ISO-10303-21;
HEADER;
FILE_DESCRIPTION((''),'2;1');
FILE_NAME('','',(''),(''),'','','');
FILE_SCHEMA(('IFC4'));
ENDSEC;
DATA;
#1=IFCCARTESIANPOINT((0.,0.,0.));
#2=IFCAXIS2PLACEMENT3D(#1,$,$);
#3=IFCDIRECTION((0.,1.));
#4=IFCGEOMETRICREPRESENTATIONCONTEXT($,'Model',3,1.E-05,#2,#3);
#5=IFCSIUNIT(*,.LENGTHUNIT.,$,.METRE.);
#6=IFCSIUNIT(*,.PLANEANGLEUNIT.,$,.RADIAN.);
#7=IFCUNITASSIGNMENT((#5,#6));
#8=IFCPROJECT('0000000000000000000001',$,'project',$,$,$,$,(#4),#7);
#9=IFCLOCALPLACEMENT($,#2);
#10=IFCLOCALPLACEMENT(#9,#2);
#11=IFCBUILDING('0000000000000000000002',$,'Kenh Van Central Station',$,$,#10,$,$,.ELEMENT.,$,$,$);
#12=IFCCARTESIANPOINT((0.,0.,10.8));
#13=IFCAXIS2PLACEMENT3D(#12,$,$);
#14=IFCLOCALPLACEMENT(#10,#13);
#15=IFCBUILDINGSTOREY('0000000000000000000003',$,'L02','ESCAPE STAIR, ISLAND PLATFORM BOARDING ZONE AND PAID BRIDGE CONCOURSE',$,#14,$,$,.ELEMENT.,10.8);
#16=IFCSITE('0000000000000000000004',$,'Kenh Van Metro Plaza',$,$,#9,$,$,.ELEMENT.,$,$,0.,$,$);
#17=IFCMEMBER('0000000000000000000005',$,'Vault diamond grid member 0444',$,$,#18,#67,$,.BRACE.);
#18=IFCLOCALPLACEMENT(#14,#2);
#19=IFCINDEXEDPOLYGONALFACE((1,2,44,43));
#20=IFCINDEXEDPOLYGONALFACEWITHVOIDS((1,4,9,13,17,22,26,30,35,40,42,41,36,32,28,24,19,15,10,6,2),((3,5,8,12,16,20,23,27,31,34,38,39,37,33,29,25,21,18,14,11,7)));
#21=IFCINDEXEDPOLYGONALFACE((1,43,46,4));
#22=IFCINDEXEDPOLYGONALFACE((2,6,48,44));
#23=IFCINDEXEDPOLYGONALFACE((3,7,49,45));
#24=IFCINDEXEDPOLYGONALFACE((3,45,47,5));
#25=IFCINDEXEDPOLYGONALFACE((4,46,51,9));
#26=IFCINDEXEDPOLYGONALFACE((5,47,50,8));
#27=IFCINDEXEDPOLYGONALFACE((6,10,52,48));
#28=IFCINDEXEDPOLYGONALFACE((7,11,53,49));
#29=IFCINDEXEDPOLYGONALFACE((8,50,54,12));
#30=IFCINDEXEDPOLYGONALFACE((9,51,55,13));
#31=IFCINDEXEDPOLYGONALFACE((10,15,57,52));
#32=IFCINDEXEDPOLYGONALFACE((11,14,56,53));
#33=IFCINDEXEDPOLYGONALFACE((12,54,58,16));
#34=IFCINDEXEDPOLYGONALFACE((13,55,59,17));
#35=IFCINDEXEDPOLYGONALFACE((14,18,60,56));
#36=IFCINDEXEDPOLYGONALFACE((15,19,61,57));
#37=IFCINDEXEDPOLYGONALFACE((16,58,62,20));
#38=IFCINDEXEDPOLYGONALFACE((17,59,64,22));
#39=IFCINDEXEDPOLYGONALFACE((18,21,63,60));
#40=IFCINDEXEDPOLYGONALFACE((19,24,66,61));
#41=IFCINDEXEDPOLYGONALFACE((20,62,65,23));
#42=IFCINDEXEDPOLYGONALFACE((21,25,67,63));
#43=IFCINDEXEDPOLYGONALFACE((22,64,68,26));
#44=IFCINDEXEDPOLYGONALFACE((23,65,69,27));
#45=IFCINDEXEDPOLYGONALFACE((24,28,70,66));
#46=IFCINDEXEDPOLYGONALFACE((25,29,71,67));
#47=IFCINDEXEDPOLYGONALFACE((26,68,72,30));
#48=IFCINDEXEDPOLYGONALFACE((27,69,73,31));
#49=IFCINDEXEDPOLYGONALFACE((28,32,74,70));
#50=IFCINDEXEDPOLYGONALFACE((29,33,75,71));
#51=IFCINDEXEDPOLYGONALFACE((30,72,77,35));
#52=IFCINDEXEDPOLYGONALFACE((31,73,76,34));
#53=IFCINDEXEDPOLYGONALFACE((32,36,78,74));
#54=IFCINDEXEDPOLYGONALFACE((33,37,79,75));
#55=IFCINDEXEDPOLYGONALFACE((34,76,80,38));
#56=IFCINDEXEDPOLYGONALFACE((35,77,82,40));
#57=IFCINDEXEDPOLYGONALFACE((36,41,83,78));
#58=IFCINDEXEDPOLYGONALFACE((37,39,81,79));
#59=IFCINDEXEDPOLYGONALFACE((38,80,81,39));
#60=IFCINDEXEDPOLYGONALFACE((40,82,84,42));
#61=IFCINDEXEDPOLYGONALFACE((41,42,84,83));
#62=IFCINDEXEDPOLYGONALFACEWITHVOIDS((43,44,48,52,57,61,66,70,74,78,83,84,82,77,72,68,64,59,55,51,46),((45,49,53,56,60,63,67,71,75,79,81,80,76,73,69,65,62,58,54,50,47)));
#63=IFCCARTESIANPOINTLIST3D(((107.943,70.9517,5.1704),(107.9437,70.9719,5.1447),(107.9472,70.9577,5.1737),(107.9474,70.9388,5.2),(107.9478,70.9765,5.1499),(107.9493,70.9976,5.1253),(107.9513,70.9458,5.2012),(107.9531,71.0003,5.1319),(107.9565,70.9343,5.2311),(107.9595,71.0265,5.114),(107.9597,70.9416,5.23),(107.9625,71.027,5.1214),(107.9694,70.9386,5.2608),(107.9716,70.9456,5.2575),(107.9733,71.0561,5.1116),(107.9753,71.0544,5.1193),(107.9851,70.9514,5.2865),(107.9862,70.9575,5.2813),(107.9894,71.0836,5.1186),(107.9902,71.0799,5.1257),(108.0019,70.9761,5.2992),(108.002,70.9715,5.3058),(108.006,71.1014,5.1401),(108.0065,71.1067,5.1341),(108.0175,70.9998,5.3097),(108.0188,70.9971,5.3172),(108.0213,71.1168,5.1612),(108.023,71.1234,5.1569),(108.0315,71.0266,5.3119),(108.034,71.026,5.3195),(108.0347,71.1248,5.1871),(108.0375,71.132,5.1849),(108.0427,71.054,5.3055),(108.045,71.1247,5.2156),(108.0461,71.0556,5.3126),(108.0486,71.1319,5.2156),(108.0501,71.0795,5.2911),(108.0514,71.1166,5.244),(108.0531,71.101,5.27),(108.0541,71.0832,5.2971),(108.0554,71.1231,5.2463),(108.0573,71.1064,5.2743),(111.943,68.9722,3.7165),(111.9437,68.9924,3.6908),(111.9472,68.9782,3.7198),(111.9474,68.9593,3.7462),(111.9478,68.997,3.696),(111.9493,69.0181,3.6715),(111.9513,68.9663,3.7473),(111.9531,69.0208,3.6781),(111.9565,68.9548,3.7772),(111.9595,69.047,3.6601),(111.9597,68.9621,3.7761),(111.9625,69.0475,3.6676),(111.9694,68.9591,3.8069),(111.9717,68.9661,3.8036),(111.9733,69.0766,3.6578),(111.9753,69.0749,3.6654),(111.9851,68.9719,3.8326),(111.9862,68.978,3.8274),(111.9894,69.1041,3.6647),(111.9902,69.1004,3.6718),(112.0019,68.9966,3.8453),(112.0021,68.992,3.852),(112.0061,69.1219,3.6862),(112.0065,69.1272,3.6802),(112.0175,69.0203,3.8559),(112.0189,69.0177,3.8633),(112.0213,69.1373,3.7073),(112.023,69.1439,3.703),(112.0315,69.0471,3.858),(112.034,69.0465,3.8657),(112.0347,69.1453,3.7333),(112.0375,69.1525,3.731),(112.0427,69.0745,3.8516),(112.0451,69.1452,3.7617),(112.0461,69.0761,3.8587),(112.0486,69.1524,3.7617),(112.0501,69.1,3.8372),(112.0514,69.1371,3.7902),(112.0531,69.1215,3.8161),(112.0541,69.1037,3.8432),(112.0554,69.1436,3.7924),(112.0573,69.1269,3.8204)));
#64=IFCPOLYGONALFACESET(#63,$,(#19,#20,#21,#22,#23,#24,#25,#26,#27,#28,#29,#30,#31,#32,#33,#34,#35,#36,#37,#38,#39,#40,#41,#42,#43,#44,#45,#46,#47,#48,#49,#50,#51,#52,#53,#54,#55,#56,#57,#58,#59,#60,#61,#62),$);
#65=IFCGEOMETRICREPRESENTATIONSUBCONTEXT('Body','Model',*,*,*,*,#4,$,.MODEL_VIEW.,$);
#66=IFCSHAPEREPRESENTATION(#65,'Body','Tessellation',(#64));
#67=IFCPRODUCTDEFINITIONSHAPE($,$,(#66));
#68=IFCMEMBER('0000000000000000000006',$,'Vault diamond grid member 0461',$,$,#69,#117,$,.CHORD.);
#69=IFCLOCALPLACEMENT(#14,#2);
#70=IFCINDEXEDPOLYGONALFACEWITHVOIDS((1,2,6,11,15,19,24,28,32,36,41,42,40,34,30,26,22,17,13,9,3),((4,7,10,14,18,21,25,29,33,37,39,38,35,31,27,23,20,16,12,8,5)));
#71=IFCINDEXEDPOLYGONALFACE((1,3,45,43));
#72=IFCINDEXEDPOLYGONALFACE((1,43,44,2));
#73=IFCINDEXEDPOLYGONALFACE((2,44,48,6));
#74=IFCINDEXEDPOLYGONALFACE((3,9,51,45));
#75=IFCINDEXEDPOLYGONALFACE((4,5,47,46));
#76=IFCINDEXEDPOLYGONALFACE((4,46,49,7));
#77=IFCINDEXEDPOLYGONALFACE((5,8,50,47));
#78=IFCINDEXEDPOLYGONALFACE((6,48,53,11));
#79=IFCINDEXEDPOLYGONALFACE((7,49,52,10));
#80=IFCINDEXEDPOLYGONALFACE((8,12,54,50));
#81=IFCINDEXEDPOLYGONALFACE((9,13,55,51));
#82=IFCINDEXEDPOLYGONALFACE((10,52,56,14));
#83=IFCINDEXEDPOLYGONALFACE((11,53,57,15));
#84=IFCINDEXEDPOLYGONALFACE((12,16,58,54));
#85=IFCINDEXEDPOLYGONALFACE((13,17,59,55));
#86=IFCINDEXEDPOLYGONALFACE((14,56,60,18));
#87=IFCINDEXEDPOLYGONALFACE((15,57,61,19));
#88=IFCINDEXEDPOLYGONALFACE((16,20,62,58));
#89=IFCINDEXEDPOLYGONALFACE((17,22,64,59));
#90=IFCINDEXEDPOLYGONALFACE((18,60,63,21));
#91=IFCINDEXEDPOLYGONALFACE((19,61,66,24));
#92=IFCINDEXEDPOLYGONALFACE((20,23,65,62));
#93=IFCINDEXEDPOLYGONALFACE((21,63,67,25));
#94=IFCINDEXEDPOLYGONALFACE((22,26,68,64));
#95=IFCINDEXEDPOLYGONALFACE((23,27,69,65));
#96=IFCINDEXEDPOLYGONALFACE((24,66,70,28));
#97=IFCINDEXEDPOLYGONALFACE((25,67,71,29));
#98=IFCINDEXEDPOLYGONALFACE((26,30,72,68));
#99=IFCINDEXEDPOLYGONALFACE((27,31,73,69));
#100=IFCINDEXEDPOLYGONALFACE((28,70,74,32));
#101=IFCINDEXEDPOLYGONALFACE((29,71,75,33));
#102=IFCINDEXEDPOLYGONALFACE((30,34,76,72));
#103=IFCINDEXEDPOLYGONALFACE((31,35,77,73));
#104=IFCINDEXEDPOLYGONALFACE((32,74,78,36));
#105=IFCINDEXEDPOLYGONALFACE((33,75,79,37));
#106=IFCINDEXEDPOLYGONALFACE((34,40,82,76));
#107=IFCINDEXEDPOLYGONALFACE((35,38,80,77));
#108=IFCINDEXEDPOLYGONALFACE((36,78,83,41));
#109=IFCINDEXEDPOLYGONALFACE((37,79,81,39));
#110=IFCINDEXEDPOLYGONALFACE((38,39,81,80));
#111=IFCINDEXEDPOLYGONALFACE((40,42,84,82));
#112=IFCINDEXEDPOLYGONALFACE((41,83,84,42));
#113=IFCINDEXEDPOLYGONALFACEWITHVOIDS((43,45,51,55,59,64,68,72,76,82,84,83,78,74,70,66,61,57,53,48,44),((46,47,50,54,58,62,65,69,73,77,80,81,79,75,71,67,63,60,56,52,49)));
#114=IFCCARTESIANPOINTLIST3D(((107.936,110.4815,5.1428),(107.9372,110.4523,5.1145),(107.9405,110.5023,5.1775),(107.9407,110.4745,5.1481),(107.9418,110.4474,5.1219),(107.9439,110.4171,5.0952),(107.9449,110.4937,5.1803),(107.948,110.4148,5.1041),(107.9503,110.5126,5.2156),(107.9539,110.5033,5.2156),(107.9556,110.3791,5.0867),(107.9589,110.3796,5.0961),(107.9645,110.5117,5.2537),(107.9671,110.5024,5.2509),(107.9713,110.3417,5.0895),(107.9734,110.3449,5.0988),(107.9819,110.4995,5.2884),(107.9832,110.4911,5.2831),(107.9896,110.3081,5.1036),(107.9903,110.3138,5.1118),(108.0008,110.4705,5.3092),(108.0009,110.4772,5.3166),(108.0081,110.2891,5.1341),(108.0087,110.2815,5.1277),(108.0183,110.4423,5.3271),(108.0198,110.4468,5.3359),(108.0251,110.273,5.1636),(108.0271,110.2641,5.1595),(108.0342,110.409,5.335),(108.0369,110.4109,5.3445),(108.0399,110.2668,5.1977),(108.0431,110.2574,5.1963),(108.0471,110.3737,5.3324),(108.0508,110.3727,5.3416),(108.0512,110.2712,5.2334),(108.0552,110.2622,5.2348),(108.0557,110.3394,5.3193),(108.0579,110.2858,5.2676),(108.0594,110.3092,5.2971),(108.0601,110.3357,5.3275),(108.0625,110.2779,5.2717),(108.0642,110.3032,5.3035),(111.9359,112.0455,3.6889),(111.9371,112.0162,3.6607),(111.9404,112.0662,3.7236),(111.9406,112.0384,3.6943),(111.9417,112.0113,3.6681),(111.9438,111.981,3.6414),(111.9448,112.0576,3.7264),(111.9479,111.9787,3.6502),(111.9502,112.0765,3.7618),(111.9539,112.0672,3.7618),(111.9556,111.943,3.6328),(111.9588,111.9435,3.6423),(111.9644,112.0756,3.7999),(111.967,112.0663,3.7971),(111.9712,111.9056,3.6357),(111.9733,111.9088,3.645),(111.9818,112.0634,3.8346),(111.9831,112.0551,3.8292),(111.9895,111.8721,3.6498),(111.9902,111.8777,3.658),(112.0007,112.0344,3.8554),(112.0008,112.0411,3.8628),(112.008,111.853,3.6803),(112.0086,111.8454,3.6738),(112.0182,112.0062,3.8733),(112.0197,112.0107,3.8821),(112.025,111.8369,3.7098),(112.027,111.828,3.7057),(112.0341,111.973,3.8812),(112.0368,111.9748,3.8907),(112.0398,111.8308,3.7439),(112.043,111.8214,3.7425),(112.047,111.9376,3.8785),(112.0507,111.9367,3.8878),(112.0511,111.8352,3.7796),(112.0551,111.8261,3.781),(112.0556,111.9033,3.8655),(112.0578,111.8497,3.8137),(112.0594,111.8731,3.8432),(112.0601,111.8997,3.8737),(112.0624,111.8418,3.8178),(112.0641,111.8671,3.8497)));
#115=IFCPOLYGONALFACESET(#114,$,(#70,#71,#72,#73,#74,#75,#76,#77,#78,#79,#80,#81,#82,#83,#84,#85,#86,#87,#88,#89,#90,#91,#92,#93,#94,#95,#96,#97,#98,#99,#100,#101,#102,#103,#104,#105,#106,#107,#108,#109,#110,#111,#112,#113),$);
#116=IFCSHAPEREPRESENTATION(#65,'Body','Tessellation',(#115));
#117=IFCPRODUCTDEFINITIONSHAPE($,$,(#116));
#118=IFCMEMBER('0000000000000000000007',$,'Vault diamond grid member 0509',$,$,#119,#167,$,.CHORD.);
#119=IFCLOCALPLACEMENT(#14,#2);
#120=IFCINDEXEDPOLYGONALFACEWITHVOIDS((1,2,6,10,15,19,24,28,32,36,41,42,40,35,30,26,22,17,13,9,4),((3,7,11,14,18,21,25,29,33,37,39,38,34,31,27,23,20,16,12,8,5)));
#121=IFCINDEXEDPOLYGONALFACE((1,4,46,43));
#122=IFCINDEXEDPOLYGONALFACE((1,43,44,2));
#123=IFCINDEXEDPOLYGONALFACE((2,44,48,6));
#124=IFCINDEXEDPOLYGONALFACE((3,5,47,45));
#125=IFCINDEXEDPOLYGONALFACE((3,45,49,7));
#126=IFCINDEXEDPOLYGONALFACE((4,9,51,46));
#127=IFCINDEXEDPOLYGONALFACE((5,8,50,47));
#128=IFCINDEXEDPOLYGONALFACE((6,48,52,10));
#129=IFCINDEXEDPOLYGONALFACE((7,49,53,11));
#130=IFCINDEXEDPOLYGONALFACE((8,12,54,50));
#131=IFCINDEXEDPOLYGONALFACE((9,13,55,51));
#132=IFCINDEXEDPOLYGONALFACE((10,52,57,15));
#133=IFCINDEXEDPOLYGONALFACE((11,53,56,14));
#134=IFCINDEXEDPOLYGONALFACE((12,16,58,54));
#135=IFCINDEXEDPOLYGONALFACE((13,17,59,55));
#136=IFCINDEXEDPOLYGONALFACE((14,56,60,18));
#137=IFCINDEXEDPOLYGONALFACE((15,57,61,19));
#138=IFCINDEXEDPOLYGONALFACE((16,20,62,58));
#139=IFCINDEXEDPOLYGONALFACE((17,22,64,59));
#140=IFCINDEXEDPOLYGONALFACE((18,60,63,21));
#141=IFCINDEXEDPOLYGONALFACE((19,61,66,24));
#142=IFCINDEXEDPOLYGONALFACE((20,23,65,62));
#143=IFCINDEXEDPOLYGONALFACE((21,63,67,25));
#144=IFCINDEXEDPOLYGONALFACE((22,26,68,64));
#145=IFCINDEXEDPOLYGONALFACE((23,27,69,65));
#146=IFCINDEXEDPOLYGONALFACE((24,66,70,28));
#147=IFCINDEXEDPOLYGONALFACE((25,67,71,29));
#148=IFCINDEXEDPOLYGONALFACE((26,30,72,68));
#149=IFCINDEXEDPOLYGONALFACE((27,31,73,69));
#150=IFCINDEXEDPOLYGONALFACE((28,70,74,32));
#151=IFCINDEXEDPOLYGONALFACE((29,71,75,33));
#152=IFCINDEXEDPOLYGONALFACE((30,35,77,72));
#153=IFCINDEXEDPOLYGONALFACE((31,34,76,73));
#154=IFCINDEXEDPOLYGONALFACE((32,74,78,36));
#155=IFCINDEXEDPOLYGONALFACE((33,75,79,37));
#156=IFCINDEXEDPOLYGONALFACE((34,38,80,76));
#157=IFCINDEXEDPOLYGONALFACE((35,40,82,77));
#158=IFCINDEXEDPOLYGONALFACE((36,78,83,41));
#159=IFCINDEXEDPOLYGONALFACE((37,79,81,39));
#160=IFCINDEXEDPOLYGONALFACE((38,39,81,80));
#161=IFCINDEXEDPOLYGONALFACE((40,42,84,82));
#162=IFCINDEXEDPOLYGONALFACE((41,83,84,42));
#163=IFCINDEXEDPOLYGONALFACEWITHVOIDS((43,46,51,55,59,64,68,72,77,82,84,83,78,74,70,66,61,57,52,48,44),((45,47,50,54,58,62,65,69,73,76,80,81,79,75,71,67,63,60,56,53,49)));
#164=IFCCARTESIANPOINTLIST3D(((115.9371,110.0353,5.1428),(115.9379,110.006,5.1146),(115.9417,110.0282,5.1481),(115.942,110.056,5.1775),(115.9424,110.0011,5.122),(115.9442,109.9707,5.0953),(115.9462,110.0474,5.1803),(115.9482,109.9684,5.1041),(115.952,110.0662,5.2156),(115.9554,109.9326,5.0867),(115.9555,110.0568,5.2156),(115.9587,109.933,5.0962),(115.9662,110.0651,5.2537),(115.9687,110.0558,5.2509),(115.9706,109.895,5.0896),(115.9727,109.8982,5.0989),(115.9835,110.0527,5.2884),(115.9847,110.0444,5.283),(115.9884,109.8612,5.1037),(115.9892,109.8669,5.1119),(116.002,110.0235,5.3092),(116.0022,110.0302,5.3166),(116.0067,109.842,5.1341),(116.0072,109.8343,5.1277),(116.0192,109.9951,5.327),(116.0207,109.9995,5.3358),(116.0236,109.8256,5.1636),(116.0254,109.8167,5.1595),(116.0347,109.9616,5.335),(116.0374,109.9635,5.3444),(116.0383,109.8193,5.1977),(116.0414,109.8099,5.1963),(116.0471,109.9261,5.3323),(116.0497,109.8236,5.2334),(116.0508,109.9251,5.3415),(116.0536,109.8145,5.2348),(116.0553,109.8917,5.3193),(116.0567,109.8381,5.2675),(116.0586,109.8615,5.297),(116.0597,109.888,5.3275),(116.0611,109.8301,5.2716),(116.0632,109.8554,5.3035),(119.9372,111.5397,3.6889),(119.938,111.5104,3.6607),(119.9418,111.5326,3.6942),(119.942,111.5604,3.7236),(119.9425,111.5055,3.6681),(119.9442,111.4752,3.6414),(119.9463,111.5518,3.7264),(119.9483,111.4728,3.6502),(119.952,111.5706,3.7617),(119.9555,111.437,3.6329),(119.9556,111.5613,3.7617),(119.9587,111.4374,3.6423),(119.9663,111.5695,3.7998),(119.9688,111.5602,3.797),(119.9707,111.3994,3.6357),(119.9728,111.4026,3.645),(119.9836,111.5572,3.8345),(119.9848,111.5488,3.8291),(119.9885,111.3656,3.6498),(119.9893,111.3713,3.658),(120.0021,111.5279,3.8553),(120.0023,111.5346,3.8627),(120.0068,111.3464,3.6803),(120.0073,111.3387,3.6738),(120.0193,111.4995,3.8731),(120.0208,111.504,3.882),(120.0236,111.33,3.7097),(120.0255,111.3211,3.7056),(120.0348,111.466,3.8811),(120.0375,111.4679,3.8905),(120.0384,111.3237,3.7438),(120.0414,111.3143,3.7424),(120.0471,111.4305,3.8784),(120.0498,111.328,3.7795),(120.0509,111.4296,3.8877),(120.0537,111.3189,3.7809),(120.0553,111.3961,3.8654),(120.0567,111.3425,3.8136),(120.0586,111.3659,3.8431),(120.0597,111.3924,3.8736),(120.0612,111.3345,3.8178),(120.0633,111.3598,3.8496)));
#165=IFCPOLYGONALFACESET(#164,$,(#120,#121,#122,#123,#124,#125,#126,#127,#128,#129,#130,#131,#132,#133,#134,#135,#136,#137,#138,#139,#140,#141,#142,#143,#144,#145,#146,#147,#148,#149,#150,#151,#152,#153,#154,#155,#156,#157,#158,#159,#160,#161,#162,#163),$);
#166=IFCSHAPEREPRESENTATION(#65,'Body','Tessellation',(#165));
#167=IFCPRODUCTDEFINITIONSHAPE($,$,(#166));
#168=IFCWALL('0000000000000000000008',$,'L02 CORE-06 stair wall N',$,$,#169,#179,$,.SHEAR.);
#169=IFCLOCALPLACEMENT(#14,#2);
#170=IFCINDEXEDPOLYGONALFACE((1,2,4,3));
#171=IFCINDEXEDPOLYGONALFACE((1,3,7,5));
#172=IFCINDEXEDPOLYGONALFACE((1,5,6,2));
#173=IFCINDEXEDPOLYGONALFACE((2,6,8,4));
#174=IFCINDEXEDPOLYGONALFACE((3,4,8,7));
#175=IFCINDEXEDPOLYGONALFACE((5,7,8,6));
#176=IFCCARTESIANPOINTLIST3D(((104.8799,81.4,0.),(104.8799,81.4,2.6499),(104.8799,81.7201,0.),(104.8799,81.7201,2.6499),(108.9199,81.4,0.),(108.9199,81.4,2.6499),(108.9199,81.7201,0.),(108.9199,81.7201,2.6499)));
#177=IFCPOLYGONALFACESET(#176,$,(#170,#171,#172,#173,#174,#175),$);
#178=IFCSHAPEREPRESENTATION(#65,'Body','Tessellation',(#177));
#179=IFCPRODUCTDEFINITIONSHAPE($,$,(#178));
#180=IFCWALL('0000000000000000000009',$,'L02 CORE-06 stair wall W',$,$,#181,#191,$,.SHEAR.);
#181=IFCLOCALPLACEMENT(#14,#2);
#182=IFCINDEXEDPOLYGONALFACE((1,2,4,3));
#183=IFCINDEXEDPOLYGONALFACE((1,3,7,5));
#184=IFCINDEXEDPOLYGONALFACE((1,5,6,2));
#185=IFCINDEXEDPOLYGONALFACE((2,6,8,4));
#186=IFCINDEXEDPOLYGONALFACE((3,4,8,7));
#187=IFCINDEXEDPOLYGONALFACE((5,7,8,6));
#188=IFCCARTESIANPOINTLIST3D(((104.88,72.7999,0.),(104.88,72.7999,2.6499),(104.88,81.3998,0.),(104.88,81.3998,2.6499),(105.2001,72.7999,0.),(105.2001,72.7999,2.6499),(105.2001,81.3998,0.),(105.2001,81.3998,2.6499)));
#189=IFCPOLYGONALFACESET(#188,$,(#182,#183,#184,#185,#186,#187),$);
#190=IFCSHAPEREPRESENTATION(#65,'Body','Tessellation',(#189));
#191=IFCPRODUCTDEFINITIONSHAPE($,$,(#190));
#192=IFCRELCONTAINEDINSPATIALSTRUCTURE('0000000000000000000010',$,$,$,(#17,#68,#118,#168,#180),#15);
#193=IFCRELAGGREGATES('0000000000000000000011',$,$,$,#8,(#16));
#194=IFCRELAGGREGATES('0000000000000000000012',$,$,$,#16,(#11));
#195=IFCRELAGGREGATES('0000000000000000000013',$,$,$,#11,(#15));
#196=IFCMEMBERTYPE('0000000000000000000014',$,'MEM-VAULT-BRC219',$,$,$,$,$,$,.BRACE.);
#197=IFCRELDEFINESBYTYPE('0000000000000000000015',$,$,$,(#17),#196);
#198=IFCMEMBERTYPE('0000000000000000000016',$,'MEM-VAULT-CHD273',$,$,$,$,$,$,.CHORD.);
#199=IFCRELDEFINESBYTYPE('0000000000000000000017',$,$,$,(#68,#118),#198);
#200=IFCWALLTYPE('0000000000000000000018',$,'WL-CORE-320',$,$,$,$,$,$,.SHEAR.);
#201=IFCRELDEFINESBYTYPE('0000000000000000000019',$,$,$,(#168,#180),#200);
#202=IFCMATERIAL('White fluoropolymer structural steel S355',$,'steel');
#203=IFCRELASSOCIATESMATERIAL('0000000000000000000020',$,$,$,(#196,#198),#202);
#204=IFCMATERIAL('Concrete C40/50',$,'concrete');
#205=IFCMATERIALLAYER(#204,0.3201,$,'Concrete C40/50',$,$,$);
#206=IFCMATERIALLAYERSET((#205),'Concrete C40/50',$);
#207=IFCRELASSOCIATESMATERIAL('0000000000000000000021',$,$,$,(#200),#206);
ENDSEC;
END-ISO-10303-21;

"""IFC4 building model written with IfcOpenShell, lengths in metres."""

from ifc_helpers import new_model, si_unit, direction, frame, frame_2d, origin, origin_2d, place, context, subcontext, project, spatial, rectangle, hollow_circle, extrude, material, layer, layer_set, material_profile, profile_set, type_object, element, save


model = new_model("IFC4")

# Units and contexts
model_context = context("Model", 3, precision=1e-05, world=origin(), true_north=direction((0.0, 1.0)))
body_context = subcontext(model_context, "Body", "Model", "MODEL_VIEW")
ifc_project = project(units=[si_unit("LENGTHUNIT", "METRE"), si_unit("PLANEANGLEUNIT", "RADIAN")], contexts=[model_context])

# Site, building, storey
site_placement = place(None, origin())
site = spatial("IfcSite", under=ifc_project, at=site_placement, Name="Kenh Van Metro Plaza", CompositionType="ELEMENT", RefElevation=0.0)
building_placement = place(site_placement, origin())
building = spatial("IfcBuilding", under=site, at=building_placement, Name="Kenh Van Central Station", CompositionType="ELEMENT")
storey_placement = place(building_placement, frame((0.0, 0.0, 10.8)))
storey = spatial("IfcBuildingStorey", under=building, at=storey_placement, Name="L02", Description="ESCAPE STAIR, ISLAND PLATFORM BOARDING ZONE AND PAID BRIDGE CONCOURSE", CompositionType="ELEMENT", Elevation=10.8)

# Shared definitions
ifc_material_1 = material(Name="White fluoropolymer structural steel S355", Category="steel")

# Members
ifc_material_profile_1 = material_profile(ifc_material_1, hollow_circle(Radius=0.1096, WallThickness=0.0081, at=origin_2d()), Name="CHS 219.1x8")
ifc_profile_set_1 = profile_set([ifc_material_profile_1], Name="White fluoropolymer structural steel S355")
member_type_1 = type_object("IfcMemberType", Name="MEM-VAULT-BRC219", PredefinedType="BRACE", material=ifc_profile_set_1)
member_1_placement = place(storey_placement, frame((108.0, 71.0337, 5.2156), z_axis=(0.852182, -0.421722, -0.309738), x_axis=(0.443534, 0.896258, 0.0)))
element("IfcMember", 1, at=member_1_placement, inside=storey, type_object=member_type_1, Name="Vault diamond grid member 0444", PredefinedType="BRACE", context=body_context, shape_type="SweptSolid", body=[
    extrude(hollow_circle(Radius=0.1096, WallThickness=0.0081, at=origin_2d()), origin(), (0.0, 0.0, 1.0), 4.6938),
])
ifc_material_profile_2 = material_profile(ifc_material_1, hollow_circle(Radius=0.1365, WallThickness=0.01, at=origin_2d()), Name="CHS 273x10")
ifc_profile_set_2 = profile_set([ifc_material_profile_2], Name="White fluoropolymer structural steel S355")
member_type_2 = type_object("IfcMemberType", Name="MEM-VAULT-CHD273", PredefinedType="CHORD", material=ifc_profile_set_2)
member_2_placement = place(storey_placement, frame((108.0, 110.3855, 5.2156), z_axis=(0.882169, 0.34492, -0.320637), x_axis=(-0.364146, 0.931342, 0.0)))
element("IfcMember", 2, at=member_2_placement, inside=storey, type_object=member_type_2, Name="Vault diamond grid member 0461", PredefinedType="CHORD", context=body_context, shape_type="SweptSolid", body=[
    extrude(hollow_circle(Radius=0.1365, WallThickness=0.01, at=origin_2d()), origin(), (0.0, 0.0, 1.0), 4.5342),
])
member_3_placement = place(storey_placement, frame((116.0, 109.9385, 5.2156), z_axis=(0.886117, 0.333267, -0.322072), x_axis=(-0.352025, 0.935991, 0.0)))
element("IfcMember", 3, at=member_3_placement, inside=storey, type_object=member_type_2, Name="Vault diamond grid member 0509", PredefinedType="CHORD", context=body_context, shape_type="SweptSolid", body=[
    extrude(hollow_circle(Radius=0.1365, WallThickness=0.01, at=origin_2d()), origin(), (0.0, 0.0, 1.0), 4.5142),
])

# Shared definitions
ifc_material_2 = material(Name="Concrete C40/50", Category="concrete")
ifc_layer_1 = layer(ifc_material_2, 0.3201, Name="Concrete C40/50")
ifc_layer_set_1 = layer_set([ifc_layer_1], Name="Concrete C40/50")
wall_type_1 = type_object("IfcWallType", Name="WL-CORE-320", PredefinedType="SHEAR", material=ifc_layer_set_1)

# Walls
wall_1_placement = place(storey_placement, frame((104.8799, 81.5601, 0.0), z_axis=(0.0, 0.0, 1.0), x_axis=(1.0, 0.0, 0.0)))
element("IfcWall", 4, at=wall_1_placement, inside=storey, type_object=wall_type_1, Name="L02 CORE-06 stair wall N", PredefinedType="SHEAR", context=body_context, shape_type="SweptSolid", body=[
    extrude(rectangle(XDim=4.04, YDim=0.3201, at=frame_2d((2.02, 0.0))), origin(), (0.0, 0.0, 1.0), 2.6499),
])
for number, where, z_axis, x_axis, name in (
    (5, (105.04, 72.8, 0.0), (0.0, 0.0, 1.0), (0.0, 1.0, 0.0), "L02 CORE-06 stair wall W"),
):
    element("IfcWall", number, at=place(storey_placement, frame(where, z_axis=z_axis, x_axis=x_axis)), inside=storey, type_object=wall_type_1, Name=name, PredefinedType="SHEAR", context=body_context, shape_type="SweptSolid", body=[
        extrude(rectangle(XDim=8.5999, YDim=0.3201, at=frame_2d((4.2998, 0.0))), origin(), (0.0, 0.0, 1.0), 2.6499),
    ])

save(model, "model.ifc")
